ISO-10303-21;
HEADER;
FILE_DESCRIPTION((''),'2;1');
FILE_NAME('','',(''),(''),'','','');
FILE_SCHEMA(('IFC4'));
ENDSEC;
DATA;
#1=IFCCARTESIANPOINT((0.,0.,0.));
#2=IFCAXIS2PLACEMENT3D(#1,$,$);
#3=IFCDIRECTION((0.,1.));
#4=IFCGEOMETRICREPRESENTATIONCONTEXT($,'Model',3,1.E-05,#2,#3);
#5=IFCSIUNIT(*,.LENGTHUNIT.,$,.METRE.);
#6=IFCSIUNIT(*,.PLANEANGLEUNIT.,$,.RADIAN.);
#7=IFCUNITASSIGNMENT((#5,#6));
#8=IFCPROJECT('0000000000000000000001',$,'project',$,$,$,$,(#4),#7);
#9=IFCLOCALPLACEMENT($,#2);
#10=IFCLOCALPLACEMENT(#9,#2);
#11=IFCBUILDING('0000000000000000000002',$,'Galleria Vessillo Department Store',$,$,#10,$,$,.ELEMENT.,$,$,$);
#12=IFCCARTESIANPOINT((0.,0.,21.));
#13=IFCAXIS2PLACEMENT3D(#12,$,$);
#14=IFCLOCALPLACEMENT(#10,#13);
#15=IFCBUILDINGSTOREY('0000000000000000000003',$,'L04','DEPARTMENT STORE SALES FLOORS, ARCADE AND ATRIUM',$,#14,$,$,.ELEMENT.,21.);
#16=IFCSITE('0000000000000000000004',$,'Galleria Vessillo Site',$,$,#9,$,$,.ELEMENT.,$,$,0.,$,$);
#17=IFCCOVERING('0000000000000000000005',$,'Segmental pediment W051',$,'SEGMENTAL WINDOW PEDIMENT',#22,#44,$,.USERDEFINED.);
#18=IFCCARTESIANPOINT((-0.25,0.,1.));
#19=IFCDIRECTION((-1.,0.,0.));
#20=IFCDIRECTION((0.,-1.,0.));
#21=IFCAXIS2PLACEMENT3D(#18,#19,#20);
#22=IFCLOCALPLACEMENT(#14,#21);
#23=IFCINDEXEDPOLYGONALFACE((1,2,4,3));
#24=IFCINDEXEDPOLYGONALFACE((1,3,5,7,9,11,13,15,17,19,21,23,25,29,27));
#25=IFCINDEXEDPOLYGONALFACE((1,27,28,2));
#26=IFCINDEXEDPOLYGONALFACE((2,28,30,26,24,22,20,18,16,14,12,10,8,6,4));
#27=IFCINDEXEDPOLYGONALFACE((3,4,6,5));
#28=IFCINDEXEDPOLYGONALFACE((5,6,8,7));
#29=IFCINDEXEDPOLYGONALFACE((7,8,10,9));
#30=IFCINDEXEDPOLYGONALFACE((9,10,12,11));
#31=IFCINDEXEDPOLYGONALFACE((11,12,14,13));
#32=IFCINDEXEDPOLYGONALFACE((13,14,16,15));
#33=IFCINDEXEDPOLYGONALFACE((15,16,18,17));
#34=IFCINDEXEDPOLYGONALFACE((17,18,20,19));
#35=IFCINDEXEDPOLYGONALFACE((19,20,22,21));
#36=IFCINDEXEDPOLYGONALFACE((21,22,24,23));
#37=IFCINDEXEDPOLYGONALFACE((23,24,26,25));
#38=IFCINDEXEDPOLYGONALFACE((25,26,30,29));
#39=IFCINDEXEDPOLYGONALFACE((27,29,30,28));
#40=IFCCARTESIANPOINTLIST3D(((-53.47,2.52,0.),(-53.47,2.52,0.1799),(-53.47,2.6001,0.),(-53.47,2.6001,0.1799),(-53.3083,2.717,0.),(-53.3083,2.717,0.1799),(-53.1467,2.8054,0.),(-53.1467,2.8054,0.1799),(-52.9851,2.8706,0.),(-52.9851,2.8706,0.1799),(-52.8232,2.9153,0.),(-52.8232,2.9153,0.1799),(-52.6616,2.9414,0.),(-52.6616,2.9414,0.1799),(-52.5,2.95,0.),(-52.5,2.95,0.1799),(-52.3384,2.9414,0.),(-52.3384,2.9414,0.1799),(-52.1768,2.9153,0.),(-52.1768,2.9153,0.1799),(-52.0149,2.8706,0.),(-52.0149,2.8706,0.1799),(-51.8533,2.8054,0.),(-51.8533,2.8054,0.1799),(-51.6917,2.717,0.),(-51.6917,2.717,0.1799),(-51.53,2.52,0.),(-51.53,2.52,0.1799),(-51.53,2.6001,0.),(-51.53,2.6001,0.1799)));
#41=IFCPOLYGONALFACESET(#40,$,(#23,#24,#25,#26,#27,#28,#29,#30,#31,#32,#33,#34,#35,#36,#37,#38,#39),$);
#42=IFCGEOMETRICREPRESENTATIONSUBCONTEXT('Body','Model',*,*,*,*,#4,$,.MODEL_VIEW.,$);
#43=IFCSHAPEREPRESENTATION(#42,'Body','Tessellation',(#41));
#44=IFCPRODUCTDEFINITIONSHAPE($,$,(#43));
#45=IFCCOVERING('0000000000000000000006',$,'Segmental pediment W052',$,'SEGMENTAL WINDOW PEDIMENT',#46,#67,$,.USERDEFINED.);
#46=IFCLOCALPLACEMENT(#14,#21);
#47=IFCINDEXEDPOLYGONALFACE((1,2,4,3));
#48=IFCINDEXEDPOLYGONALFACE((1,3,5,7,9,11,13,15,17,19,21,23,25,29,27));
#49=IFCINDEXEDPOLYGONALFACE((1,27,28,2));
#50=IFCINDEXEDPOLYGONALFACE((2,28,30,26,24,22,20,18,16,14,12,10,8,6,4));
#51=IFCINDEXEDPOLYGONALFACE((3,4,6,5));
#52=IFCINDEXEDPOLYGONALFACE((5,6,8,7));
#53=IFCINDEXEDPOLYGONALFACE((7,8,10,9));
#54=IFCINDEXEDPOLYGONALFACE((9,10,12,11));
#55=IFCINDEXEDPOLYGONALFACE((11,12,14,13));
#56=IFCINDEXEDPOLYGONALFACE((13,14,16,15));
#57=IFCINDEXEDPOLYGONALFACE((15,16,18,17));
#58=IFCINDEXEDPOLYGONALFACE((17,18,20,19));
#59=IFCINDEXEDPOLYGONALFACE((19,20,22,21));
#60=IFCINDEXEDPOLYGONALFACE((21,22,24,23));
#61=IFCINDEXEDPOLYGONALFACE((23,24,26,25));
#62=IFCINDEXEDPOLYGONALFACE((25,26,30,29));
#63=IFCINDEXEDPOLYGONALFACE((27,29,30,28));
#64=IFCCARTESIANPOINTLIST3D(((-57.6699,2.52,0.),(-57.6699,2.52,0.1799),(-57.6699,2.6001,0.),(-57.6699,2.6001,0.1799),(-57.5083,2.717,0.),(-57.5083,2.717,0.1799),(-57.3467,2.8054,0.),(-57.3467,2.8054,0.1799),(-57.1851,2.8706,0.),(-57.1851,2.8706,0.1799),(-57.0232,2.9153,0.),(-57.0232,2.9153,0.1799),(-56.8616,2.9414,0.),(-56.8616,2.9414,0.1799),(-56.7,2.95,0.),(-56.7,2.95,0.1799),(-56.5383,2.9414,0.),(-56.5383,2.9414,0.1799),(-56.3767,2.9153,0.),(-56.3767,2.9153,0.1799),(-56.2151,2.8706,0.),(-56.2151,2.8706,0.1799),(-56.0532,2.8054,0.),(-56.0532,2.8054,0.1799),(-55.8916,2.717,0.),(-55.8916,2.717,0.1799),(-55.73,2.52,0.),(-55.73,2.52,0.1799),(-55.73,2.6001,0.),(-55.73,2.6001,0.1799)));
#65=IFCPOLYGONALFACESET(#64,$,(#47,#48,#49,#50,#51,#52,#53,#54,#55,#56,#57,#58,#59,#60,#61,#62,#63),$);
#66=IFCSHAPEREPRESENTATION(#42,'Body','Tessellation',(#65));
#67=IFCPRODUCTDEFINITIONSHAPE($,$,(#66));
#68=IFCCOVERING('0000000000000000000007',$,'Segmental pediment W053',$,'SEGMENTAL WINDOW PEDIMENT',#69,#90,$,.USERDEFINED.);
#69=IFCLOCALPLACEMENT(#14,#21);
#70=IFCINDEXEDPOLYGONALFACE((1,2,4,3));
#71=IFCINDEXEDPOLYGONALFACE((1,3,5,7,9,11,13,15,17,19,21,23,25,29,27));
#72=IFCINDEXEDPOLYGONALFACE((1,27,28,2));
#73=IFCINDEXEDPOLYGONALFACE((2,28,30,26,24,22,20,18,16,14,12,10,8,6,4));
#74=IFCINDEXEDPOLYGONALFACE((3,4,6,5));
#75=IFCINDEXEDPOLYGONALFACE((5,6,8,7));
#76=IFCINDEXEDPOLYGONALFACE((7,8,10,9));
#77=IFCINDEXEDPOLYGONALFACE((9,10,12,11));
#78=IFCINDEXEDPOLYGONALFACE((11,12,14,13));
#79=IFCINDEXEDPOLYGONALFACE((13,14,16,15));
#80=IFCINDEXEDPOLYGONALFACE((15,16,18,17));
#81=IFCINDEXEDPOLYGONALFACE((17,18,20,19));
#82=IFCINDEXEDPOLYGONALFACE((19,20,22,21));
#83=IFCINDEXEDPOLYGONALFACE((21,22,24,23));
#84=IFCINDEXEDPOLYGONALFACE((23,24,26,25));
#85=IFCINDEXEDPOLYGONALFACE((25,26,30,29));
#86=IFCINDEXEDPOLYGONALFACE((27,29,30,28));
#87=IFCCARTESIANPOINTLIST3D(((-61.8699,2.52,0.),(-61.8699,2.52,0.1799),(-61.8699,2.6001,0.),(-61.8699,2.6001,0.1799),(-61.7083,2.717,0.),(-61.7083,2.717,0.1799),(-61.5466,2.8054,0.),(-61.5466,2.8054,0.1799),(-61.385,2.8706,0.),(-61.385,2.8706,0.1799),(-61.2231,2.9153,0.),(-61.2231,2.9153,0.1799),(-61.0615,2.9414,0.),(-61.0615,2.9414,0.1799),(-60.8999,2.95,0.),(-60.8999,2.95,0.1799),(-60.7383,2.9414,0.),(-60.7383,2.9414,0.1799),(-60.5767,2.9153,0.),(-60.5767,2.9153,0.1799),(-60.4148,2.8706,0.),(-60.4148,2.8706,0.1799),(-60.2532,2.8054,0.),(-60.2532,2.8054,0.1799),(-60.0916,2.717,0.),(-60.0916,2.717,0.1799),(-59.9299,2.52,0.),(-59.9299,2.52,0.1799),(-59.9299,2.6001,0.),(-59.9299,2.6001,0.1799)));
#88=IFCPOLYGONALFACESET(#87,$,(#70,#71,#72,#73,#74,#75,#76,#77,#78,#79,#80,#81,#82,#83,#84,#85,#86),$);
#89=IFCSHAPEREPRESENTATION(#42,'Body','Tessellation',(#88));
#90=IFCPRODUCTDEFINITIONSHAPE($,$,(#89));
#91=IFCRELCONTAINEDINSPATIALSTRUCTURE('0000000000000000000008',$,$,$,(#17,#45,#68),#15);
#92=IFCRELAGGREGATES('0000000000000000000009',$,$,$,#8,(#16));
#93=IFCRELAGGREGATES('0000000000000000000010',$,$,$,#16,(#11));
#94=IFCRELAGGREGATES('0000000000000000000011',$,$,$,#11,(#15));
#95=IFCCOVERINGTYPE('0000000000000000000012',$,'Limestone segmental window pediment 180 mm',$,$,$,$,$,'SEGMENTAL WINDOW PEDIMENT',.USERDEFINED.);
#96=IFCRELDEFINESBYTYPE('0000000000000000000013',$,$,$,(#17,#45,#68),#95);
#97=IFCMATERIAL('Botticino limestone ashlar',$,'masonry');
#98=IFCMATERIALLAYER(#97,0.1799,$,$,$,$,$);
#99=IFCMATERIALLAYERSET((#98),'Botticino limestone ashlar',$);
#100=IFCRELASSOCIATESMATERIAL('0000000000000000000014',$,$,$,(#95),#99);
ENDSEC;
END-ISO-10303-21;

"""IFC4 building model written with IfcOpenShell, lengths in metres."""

from ifc_helpers import new_model, si_unit, direction, frame, origin, place, context, subcontext, project, spatial, polyline, outline, extrude, material, layer, layer_set, type_object, element, save


model = new_model("IFC4")

# Units and contexts
model_context = context("Model", 3, precision=1e-05, world=origin(), true_north=direction((0.0, 1.0)))
body_context = subcontext(model_context, "Body", "Model", "MODEL_VIEW")
ifc_project = project(units=[si_unit("LENGTHUNIT", "METRE"), si_unit("PLANEANGLEUNIT", "RADIAN")], contexts=[model_context])

# Site, building, storey
site_placement = place(None, origin())
site = spatial("IfcSite", under=ifc_project, at=site_placement, Name="Galleria Vessillo Site", CompositionType="ELEMENT", RefElevation=0.0)
building_placement = place(site_placement, origin())
building = spatial("IfcBuilding", under=site, at=building_placement, Name="Galleria Vessillo Department Store", CompositionType="ELEMENT")
storey_placement = place(building_placement, frame((0.0, 0.0, 21.0)))
storey = spatial("IfcBuildingStorey", under=building, at=storey_placement, Name="L04", Description="DEPARTMENT STORE SALES FLOORS, ARCADE AND ATRIUM", CompositionType="ELEMENT", Elevation=21.0)

# Coverings
ifc_material_1 = material(Name="Botticino limestone ashlar", Category="masonry")
ifc_layer_1 = layer(ifc_material_1, 0.1799)
ifc_layer_set_1 = layer_set([ifc_layer_1], Name="Botticino limestone ashlar")
covering_type_1 = type_object("IfcCoveringType", Name="Limestone segmental window pediment 180 mm", ElementType="SEGMENTAL WINDOW PEDIMENT", PredefinedType="USERDEFINED", material=ifc_layer_set_1)
covering_1_placement = place(storey_placement, frame((-0.25, 0.0, 1.0), z_axis=(-1.0, 0.0, 0.0), x_axis=(0.0, -1.0, 0.0)))
element("IfcCovering", 1, at=covering_1_placement, inside=storey, type_object=covering_type_1, Name="Segmental pediment W051", ObjectType="SEGMENTAL WINDOW PEDIMENT", PredefinedType="USERDEFINED", context=body_context, shape_type="SweptSolid", body=[
    extrude(outline(polyline([(-51.53, 2.6001), (-51.6917, 2.717), (-51.8533, 2.8054), (-52.0149, 2.8706), (-52.1768, 2.9153), (-52.3384, 2.9414), (-52.5, 2.95), (-52.6616, 2.9414), (-52.8232, 2.9153), (-52.9851, 2.8706), (-53.1467, 2.8054), (-53.3083, 2.717), (-53.47, 2.6001), (-53.47, 2.52), (-51.53, 2.52), (-51.53, 2.6001)])), origin(), (0.0, 0.0, 1.0), 0.1799),
])
covering_2_placement = place(storey_placement, frame((-0.25, 0.0, 1.0), z_axis=(-1.0, 0.0, 0.0), x_axis=(0.0, -1.0, 0.0)))
element("IfcCovering", 2, at=covering_2_placement, inside=storey, type_object=covering_type_1, Name="Segmental pediment W052", ObjectType="SEGMENTAL WINDOW PEDIMENT", PredefinedType="USERDEFINED", context=body_context, shape_type="SweptSolid", body=[
    extrude(outline(polyline([(-55.73, 2.6001), (-55.8916, 2.717), (-56.0532, 2.8054), (-56.2151, 2.8706), (-56.3767, 2.9153), (-56.5383, 2.9414), (-56.7, 2.95), (-56.8616, 2.9414), (-57.0232, 2.9153), (-57.1851, 2.8706), (-57.3467, 2.8054), (-57.5083, 2.717), (-57.6699, 2.6001), (-57.6699, 2.52), (-55.73, 2.52), (-55.73, 2.6001)])), origin(), (0.0, 0.0, 1.0), 0.1799),
])
covering_3_placement = place(storey_placement, frame((-0.25, 0.0, 1.0), z_axis=(-1.0, 0.0, 0.0), x_axis=(0.0, -1.0, 0.0)))
element("IfcCovering", 3, at=covering_3_placement, inside=storey, type_object=covering_type_1, Name="Segmental pediment W053", ObjectType="SEGMENTAL WINDOW PEDIMENT", PredefinedType="USERDEFINED", context=body_context, shape_type="SweptSolid", body=[
    extrude(outline(polyline([(-59.9299, 2.6001), (-60.0916, 2.717), (-60.2532, 2.8054), (-60.4148, 2.8706), (-60.5767, 2.9153), (-60.7383, 2.9414), (-60.8999, 2.95), (-61.0615, 2.9414), (-61.2231, 2.9153), (-61.385, 2.8706), (-61.5466, 2.8054), (-61.7083, 2.717), (-61.8699, 2.6001), (-61.8699, 2.52), (-59.9299, 2.52), (-59.9299, 2.6001)])), origin(), (0.0, 0.0, 1.0), 0.1799),
])

save(model, "model.ifc")
